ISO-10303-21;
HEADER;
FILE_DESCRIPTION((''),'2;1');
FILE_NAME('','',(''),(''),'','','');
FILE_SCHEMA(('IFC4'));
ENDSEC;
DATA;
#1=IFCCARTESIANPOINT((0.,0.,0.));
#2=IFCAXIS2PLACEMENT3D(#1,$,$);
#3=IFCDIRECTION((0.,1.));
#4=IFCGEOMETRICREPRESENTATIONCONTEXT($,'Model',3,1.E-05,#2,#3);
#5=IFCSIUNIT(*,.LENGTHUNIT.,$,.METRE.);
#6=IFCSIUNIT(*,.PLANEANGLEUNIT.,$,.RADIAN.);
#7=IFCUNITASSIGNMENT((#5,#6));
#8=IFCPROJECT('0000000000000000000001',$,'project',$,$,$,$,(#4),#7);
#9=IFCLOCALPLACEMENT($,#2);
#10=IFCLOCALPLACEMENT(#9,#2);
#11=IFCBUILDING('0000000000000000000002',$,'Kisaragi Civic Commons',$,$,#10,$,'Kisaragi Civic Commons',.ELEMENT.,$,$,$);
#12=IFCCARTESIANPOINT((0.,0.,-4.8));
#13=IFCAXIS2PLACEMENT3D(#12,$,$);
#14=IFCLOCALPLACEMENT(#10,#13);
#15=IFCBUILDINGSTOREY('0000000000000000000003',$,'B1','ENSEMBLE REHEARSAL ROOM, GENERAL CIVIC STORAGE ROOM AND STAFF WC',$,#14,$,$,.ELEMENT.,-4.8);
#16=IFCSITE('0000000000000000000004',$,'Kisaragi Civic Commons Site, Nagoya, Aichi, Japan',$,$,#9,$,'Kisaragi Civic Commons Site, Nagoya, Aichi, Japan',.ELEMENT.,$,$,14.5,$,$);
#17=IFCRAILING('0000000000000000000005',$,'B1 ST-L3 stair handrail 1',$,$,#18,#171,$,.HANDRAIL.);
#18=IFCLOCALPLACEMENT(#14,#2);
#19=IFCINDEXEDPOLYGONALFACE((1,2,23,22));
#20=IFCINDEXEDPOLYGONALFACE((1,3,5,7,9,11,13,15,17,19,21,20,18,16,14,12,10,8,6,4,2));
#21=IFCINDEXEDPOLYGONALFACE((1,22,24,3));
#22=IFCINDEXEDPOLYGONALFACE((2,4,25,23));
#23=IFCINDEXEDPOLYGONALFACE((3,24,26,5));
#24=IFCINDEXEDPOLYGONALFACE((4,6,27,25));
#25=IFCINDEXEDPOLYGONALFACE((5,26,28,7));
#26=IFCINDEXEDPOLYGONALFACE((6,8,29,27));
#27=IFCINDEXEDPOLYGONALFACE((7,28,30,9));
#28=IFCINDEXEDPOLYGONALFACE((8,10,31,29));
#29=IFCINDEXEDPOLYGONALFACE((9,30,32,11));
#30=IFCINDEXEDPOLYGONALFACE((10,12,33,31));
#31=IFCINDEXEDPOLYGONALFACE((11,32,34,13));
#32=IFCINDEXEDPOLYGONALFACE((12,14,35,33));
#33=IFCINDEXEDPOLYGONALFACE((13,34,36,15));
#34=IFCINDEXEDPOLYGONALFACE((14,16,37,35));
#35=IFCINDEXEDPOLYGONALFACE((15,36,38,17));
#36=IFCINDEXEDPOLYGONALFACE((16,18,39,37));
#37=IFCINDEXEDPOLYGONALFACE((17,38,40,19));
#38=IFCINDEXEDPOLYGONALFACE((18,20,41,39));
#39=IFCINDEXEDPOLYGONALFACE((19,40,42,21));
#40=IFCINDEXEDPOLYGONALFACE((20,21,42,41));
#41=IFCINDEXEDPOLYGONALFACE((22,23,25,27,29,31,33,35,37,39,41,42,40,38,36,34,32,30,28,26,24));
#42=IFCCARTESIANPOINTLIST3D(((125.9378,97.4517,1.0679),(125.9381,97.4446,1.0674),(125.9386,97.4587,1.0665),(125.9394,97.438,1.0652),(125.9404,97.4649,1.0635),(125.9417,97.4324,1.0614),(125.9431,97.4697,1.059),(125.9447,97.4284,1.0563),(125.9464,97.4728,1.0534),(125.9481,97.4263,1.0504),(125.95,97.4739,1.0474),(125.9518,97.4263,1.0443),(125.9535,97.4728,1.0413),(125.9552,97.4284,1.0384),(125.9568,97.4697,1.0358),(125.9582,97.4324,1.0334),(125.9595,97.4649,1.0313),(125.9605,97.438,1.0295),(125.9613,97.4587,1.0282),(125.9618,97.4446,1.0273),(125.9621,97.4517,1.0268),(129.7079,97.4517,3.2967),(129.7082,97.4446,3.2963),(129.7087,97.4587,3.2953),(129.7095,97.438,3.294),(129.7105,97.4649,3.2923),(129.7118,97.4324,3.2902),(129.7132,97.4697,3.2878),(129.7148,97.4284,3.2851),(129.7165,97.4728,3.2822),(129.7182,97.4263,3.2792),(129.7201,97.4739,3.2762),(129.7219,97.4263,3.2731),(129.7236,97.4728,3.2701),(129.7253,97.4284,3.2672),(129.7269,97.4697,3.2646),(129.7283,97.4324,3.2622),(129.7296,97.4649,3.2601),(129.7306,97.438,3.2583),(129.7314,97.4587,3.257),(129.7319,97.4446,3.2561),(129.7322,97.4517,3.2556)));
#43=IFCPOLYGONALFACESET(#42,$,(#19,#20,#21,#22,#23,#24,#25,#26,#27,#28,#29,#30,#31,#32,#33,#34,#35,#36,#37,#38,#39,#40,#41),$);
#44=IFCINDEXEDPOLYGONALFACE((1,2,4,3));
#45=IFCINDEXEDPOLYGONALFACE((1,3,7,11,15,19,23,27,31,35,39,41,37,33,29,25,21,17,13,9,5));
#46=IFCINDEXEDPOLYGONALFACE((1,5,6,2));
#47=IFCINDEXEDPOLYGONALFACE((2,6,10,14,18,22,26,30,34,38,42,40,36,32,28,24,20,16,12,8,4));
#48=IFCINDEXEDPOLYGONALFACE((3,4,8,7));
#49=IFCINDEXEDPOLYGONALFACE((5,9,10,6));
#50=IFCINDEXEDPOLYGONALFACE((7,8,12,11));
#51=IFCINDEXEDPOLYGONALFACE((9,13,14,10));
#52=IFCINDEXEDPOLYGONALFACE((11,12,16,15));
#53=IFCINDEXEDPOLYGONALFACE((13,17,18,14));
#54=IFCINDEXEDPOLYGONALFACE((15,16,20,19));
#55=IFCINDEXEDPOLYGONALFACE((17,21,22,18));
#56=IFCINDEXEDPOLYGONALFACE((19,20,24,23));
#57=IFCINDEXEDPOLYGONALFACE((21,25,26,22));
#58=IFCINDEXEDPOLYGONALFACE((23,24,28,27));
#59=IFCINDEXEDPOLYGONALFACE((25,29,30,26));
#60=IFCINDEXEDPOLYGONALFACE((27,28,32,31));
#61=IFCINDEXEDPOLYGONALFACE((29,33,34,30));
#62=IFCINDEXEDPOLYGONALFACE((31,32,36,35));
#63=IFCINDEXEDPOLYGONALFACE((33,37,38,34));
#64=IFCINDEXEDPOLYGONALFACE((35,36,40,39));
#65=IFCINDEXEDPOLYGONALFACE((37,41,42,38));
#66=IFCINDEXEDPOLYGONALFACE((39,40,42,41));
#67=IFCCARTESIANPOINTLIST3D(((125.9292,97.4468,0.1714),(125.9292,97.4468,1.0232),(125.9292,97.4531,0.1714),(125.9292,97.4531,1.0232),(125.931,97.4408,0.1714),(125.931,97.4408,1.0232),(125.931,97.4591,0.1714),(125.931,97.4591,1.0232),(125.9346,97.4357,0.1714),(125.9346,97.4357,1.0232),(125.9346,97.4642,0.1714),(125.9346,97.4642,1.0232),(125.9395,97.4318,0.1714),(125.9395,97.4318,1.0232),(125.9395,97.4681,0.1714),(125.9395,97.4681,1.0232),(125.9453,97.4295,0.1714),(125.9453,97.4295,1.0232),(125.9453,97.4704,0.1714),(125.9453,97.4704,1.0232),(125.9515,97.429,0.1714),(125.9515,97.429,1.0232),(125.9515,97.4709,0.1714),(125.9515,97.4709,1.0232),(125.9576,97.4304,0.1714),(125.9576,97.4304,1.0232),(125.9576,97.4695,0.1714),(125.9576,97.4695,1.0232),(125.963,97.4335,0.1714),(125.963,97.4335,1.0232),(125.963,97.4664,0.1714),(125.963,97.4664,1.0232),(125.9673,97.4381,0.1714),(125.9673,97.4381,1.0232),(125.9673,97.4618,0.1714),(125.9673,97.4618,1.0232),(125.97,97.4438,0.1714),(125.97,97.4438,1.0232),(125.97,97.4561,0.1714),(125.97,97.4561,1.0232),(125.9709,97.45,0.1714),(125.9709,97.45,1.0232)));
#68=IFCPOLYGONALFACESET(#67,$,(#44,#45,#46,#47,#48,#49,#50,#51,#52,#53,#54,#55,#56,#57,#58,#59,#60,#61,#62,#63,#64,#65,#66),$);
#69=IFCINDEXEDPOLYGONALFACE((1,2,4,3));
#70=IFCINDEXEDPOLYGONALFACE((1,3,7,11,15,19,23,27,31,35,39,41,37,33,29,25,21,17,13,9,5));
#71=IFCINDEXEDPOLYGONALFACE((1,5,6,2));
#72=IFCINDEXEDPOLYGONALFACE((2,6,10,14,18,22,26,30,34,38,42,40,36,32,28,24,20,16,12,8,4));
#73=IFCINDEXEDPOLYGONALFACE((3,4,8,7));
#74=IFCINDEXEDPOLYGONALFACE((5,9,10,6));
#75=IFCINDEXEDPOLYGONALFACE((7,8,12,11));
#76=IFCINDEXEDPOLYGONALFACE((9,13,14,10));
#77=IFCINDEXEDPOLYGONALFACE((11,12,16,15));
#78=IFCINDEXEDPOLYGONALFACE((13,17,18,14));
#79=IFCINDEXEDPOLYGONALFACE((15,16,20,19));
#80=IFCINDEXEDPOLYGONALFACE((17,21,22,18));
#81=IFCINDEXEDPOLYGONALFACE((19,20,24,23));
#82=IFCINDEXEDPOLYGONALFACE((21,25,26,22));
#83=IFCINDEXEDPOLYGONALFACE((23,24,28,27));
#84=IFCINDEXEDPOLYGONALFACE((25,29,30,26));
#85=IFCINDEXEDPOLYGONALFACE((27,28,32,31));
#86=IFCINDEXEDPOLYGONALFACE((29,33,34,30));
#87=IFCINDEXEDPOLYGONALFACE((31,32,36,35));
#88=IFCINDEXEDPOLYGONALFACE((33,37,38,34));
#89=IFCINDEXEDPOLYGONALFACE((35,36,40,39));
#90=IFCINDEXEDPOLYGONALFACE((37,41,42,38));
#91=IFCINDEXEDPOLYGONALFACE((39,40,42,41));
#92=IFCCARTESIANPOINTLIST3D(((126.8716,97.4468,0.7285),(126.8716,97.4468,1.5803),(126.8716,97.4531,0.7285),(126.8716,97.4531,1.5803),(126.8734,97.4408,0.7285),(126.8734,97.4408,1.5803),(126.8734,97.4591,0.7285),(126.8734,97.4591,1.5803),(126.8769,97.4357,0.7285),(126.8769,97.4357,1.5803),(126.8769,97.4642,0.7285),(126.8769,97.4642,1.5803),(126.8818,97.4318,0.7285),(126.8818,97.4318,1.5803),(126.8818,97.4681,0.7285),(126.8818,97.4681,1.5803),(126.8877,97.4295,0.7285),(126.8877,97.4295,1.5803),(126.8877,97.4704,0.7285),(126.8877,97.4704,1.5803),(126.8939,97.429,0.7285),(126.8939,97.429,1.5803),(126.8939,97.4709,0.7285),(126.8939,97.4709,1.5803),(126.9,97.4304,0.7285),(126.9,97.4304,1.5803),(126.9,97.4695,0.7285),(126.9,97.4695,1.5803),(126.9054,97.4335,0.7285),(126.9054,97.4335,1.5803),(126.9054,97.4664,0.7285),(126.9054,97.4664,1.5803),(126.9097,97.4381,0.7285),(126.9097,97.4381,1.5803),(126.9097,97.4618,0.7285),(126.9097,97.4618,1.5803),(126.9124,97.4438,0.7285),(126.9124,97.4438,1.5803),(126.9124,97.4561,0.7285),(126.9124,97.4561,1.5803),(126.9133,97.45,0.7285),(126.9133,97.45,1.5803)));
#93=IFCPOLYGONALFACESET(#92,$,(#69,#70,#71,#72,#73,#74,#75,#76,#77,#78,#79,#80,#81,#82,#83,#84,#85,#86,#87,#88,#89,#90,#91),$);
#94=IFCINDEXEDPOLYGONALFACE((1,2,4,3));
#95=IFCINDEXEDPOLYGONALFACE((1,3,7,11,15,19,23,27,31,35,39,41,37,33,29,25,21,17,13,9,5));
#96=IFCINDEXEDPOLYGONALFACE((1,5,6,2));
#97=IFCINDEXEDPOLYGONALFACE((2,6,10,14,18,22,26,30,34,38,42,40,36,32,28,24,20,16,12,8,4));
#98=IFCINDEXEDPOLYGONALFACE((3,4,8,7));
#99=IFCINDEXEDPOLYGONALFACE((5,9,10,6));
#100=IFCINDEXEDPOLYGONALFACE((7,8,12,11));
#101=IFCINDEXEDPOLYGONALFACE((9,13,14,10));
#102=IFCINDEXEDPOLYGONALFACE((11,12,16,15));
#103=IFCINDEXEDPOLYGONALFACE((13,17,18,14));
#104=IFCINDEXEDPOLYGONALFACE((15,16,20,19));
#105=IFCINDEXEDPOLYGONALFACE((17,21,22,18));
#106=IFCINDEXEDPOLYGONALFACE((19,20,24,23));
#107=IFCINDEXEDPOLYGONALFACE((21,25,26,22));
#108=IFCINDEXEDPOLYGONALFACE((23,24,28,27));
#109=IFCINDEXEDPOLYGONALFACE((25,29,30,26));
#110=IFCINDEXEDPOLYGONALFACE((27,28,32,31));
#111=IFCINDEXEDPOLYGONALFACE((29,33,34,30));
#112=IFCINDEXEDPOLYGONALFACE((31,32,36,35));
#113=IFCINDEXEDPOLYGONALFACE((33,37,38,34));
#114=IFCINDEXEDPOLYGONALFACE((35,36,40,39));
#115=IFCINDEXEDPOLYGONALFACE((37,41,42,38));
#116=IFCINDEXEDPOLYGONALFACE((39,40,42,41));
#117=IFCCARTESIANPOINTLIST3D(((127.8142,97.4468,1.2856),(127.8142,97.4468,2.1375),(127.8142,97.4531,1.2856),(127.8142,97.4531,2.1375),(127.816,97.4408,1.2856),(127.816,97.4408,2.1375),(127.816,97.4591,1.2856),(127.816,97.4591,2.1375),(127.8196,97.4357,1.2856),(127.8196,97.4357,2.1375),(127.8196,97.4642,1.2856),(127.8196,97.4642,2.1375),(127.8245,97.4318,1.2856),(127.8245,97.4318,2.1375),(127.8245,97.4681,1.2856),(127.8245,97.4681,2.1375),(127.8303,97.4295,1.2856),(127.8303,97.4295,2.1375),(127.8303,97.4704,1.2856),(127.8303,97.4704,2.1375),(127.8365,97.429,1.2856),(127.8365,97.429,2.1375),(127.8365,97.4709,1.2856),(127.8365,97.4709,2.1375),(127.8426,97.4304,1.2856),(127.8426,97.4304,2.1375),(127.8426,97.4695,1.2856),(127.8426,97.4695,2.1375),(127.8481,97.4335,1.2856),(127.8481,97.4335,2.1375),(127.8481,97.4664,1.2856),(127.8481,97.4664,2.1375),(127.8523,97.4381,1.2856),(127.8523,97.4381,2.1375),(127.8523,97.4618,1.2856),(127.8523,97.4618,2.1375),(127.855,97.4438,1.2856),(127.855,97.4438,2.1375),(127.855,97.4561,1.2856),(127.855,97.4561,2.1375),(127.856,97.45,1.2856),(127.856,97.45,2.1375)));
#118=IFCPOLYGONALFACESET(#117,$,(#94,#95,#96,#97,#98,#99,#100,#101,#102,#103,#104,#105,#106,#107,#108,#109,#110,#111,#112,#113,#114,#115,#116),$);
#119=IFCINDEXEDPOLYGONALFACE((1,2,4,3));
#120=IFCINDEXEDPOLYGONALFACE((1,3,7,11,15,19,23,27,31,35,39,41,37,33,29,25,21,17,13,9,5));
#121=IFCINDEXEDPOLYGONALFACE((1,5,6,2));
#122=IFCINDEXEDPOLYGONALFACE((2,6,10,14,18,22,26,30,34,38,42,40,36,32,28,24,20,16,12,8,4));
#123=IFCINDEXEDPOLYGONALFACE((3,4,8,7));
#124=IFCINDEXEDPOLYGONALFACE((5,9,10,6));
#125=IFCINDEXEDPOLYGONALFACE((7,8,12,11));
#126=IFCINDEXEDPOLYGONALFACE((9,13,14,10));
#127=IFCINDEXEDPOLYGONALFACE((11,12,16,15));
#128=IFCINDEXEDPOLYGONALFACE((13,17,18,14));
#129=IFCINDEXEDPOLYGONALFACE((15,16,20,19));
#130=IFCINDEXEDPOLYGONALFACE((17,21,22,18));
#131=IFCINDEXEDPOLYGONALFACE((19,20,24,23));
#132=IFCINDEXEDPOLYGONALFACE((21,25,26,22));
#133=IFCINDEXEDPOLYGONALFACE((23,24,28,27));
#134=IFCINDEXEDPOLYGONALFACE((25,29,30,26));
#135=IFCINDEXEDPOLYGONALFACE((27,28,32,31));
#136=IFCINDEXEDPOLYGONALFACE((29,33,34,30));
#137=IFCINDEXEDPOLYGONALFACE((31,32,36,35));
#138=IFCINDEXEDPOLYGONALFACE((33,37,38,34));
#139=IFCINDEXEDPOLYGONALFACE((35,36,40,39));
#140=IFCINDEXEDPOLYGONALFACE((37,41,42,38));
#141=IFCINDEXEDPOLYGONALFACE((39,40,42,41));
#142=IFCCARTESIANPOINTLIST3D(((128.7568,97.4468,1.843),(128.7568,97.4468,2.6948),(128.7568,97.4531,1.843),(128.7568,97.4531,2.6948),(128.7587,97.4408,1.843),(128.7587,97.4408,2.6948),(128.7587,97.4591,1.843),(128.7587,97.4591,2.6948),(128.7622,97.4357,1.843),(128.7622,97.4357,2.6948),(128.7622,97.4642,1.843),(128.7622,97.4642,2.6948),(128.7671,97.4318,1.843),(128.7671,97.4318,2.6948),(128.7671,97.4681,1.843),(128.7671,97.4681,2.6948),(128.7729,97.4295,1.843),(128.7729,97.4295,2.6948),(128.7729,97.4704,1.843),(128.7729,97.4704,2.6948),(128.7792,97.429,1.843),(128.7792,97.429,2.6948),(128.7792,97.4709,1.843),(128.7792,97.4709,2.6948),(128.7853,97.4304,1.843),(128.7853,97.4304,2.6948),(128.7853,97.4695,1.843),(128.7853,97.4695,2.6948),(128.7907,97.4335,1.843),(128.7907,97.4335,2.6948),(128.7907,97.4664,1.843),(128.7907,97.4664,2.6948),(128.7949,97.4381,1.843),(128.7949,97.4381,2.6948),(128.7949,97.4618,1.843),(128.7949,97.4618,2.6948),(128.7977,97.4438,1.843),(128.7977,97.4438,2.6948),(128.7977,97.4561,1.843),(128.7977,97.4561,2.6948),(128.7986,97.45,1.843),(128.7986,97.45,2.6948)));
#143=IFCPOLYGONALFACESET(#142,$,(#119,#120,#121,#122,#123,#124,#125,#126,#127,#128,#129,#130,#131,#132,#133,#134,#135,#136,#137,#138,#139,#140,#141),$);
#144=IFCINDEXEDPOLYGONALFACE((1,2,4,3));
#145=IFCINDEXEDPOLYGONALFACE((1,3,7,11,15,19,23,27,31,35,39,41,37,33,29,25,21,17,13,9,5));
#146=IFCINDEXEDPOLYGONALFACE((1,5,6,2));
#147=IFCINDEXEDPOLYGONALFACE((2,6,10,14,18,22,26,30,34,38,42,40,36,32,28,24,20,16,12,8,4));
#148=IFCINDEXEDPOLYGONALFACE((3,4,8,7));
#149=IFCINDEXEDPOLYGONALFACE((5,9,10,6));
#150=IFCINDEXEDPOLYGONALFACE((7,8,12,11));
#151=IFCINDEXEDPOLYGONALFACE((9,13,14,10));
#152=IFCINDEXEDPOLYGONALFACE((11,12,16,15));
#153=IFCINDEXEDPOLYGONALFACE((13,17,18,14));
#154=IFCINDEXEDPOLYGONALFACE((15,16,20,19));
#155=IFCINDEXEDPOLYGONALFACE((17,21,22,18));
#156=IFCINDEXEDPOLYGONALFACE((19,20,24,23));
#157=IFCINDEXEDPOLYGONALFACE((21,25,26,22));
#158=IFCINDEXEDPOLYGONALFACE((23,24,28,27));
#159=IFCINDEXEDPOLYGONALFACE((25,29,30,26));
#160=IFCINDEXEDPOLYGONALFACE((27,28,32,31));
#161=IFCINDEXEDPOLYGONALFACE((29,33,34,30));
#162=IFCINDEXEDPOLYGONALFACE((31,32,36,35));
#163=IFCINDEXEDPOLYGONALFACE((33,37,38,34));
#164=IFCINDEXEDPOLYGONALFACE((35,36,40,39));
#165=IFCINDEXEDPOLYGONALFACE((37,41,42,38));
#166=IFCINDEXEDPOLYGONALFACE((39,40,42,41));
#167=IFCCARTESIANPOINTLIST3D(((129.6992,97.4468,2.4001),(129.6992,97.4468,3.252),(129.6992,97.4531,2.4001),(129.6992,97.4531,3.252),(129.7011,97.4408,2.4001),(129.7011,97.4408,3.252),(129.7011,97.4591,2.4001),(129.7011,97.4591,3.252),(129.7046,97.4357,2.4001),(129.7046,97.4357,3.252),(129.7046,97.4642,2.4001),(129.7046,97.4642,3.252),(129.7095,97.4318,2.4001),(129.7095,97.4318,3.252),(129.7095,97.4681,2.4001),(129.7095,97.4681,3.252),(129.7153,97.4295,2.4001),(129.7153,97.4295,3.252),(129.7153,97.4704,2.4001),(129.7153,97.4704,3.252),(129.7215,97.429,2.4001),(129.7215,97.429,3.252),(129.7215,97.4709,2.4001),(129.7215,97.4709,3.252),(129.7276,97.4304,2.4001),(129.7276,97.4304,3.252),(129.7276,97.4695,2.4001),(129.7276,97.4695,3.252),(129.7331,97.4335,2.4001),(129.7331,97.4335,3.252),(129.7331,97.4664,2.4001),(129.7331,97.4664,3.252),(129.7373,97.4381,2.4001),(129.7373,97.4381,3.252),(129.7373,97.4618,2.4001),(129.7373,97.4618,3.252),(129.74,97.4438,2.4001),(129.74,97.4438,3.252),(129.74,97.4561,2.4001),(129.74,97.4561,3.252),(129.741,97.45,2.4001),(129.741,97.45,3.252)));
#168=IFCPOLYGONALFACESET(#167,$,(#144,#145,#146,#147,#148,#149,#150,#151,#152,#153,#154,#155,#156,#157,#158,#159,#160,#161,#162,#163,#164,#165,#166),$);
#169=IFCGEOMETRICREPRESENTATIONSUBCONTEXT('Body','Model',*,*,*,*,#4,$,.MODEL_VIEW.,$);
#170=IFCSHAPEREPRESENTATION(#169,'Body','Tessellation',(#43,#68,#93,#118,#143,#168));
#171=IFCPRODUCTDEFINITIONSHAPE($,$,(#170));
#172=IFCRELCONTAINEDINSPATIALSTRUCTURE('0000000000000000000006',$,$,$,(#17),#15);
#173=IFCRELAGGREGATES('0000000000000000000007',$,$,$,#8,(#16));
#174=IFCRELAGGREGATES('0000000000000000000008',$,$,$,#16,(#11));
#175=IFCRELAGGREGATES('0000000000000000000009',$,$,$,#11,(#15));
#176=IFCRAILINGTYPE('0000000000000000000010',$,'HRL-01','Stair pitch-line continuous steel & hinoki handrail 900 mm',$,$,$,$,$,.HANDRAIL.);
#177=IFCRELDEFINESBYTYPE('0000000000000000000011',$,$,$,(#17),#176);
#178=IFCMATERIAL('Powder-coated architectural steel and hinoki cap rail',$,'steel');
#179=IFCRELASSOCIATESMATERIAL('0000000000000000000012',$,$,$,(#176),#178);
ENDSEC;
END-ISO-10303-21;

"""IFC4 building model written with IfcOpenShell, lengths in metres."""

from ifc_helpers import new_model, si_unit, direction, frame, origin, origin_2d, place, context, subcontext, project, spatial, circle, extrude, material, type_object, element, save


model = new_model("IFC4")

# Units and contexts
model_context = context("Model", 3, precision=1e-05, world=origin(), true_north=direction((0.0, 1.0)))
body_context = subcontext(model_context, "Body", "Model", "MODEL_VIEW")
ifc_project = project(units=[si_unit("LENGTHUNIT", "METRE"), si_unit("PLANEANGLEUNIT", "RADIAN")], contexts=[model_context])

# Site, building, storey
site_placement = place(None, origin())
site = spatial("IfcSite", under=ifc_project, at=site_placement, Name="Kisaragi Civic Commons Site, Nagoya, Aichi, Japan", LongName="Kisaragi Civic Commons Site, Nagoya, Aichi, Japan", CompositionType="ELEMENT", RefElevation=14.5)
building_placement = place(site_placement, origin())
building = spatial("IfcBuilding", under=site, at=building_placement, Name="Kisaragi Civic Commons", LongName="Kisaragi Civic Commons", CompositionType="ELEMENT")
storey_placement = place(building_placement, frame((0.0, 0.0, -4.8)))
storey = spatial("IfcBuildingStorey", under=building, at=storey_placement, Name="B1", Description="ENSEMBLE REHEARSAL ROOM, GENERAL CIVIC STORAGE ROOM AND STAFF WC", CompositionType="ELEMENT", Elevation=-4.8)

# Railing
ifc_material_1 = material(Name="Powder-coated architectural steel and hinoki cap rail", Category="steel")
railing_type = type_object("IfcRailingType", Name="HRL-01", Description="Stair pitch-line continuous steel & hinoki handrail 900 mm", PredefinedType="HANDRAIL", material=ifc_material_1)
railing_placement = place(storey_placement, frame((125.95, 97.45, 0.1714)))
element("IfcRailing", 1, at=railing_placement, inside=storey, type_object=railing_type, Name="B1 ST-L3 stair handrail 1", PredefinedType="HANDRAIL", context=body_context, shape_type="SweptSolid", body=[
    extrude(circle(Radius=0.0239, at=origin_2d()), frame((0.0, 0.0, 0.876), z_axis=(0.860824, 0.0, 0.508902), x_axis=(0.0, 1.0, 0.0)), (0.0, 0.0, 1.0), 4.3796),
    extrude(circle(Radius=0.021, at=origin_2d()), origin(), (0.0, 0.0, 1.0), 0.8518),
    extrude(circle(Radius=0.021, at=origin_2d()), frame((0.9424, 0.0, 0.5571)), (0.0, 0.0, 1.0), 0.8518),
    extrude(circle(Radius=0.021, at=origin_2d()), frame((1.885, 0.0, 1.1143)), (0.0, 0.0, 1.0), 0.8518),
    extrude(circle(Radius=0.021, at=origin_2d()), frame((2.8276, 0.0, 1.6716)), (0.0, 0.0, 1.0), 0.8518),
    extrude(circle(Radius=0.021, at=origin_2d()), frame((3.77, 0.0, 2.2288)), (0.0, 0.0, 1.0), 0.8518),
])

save(model, "model.ifc")
